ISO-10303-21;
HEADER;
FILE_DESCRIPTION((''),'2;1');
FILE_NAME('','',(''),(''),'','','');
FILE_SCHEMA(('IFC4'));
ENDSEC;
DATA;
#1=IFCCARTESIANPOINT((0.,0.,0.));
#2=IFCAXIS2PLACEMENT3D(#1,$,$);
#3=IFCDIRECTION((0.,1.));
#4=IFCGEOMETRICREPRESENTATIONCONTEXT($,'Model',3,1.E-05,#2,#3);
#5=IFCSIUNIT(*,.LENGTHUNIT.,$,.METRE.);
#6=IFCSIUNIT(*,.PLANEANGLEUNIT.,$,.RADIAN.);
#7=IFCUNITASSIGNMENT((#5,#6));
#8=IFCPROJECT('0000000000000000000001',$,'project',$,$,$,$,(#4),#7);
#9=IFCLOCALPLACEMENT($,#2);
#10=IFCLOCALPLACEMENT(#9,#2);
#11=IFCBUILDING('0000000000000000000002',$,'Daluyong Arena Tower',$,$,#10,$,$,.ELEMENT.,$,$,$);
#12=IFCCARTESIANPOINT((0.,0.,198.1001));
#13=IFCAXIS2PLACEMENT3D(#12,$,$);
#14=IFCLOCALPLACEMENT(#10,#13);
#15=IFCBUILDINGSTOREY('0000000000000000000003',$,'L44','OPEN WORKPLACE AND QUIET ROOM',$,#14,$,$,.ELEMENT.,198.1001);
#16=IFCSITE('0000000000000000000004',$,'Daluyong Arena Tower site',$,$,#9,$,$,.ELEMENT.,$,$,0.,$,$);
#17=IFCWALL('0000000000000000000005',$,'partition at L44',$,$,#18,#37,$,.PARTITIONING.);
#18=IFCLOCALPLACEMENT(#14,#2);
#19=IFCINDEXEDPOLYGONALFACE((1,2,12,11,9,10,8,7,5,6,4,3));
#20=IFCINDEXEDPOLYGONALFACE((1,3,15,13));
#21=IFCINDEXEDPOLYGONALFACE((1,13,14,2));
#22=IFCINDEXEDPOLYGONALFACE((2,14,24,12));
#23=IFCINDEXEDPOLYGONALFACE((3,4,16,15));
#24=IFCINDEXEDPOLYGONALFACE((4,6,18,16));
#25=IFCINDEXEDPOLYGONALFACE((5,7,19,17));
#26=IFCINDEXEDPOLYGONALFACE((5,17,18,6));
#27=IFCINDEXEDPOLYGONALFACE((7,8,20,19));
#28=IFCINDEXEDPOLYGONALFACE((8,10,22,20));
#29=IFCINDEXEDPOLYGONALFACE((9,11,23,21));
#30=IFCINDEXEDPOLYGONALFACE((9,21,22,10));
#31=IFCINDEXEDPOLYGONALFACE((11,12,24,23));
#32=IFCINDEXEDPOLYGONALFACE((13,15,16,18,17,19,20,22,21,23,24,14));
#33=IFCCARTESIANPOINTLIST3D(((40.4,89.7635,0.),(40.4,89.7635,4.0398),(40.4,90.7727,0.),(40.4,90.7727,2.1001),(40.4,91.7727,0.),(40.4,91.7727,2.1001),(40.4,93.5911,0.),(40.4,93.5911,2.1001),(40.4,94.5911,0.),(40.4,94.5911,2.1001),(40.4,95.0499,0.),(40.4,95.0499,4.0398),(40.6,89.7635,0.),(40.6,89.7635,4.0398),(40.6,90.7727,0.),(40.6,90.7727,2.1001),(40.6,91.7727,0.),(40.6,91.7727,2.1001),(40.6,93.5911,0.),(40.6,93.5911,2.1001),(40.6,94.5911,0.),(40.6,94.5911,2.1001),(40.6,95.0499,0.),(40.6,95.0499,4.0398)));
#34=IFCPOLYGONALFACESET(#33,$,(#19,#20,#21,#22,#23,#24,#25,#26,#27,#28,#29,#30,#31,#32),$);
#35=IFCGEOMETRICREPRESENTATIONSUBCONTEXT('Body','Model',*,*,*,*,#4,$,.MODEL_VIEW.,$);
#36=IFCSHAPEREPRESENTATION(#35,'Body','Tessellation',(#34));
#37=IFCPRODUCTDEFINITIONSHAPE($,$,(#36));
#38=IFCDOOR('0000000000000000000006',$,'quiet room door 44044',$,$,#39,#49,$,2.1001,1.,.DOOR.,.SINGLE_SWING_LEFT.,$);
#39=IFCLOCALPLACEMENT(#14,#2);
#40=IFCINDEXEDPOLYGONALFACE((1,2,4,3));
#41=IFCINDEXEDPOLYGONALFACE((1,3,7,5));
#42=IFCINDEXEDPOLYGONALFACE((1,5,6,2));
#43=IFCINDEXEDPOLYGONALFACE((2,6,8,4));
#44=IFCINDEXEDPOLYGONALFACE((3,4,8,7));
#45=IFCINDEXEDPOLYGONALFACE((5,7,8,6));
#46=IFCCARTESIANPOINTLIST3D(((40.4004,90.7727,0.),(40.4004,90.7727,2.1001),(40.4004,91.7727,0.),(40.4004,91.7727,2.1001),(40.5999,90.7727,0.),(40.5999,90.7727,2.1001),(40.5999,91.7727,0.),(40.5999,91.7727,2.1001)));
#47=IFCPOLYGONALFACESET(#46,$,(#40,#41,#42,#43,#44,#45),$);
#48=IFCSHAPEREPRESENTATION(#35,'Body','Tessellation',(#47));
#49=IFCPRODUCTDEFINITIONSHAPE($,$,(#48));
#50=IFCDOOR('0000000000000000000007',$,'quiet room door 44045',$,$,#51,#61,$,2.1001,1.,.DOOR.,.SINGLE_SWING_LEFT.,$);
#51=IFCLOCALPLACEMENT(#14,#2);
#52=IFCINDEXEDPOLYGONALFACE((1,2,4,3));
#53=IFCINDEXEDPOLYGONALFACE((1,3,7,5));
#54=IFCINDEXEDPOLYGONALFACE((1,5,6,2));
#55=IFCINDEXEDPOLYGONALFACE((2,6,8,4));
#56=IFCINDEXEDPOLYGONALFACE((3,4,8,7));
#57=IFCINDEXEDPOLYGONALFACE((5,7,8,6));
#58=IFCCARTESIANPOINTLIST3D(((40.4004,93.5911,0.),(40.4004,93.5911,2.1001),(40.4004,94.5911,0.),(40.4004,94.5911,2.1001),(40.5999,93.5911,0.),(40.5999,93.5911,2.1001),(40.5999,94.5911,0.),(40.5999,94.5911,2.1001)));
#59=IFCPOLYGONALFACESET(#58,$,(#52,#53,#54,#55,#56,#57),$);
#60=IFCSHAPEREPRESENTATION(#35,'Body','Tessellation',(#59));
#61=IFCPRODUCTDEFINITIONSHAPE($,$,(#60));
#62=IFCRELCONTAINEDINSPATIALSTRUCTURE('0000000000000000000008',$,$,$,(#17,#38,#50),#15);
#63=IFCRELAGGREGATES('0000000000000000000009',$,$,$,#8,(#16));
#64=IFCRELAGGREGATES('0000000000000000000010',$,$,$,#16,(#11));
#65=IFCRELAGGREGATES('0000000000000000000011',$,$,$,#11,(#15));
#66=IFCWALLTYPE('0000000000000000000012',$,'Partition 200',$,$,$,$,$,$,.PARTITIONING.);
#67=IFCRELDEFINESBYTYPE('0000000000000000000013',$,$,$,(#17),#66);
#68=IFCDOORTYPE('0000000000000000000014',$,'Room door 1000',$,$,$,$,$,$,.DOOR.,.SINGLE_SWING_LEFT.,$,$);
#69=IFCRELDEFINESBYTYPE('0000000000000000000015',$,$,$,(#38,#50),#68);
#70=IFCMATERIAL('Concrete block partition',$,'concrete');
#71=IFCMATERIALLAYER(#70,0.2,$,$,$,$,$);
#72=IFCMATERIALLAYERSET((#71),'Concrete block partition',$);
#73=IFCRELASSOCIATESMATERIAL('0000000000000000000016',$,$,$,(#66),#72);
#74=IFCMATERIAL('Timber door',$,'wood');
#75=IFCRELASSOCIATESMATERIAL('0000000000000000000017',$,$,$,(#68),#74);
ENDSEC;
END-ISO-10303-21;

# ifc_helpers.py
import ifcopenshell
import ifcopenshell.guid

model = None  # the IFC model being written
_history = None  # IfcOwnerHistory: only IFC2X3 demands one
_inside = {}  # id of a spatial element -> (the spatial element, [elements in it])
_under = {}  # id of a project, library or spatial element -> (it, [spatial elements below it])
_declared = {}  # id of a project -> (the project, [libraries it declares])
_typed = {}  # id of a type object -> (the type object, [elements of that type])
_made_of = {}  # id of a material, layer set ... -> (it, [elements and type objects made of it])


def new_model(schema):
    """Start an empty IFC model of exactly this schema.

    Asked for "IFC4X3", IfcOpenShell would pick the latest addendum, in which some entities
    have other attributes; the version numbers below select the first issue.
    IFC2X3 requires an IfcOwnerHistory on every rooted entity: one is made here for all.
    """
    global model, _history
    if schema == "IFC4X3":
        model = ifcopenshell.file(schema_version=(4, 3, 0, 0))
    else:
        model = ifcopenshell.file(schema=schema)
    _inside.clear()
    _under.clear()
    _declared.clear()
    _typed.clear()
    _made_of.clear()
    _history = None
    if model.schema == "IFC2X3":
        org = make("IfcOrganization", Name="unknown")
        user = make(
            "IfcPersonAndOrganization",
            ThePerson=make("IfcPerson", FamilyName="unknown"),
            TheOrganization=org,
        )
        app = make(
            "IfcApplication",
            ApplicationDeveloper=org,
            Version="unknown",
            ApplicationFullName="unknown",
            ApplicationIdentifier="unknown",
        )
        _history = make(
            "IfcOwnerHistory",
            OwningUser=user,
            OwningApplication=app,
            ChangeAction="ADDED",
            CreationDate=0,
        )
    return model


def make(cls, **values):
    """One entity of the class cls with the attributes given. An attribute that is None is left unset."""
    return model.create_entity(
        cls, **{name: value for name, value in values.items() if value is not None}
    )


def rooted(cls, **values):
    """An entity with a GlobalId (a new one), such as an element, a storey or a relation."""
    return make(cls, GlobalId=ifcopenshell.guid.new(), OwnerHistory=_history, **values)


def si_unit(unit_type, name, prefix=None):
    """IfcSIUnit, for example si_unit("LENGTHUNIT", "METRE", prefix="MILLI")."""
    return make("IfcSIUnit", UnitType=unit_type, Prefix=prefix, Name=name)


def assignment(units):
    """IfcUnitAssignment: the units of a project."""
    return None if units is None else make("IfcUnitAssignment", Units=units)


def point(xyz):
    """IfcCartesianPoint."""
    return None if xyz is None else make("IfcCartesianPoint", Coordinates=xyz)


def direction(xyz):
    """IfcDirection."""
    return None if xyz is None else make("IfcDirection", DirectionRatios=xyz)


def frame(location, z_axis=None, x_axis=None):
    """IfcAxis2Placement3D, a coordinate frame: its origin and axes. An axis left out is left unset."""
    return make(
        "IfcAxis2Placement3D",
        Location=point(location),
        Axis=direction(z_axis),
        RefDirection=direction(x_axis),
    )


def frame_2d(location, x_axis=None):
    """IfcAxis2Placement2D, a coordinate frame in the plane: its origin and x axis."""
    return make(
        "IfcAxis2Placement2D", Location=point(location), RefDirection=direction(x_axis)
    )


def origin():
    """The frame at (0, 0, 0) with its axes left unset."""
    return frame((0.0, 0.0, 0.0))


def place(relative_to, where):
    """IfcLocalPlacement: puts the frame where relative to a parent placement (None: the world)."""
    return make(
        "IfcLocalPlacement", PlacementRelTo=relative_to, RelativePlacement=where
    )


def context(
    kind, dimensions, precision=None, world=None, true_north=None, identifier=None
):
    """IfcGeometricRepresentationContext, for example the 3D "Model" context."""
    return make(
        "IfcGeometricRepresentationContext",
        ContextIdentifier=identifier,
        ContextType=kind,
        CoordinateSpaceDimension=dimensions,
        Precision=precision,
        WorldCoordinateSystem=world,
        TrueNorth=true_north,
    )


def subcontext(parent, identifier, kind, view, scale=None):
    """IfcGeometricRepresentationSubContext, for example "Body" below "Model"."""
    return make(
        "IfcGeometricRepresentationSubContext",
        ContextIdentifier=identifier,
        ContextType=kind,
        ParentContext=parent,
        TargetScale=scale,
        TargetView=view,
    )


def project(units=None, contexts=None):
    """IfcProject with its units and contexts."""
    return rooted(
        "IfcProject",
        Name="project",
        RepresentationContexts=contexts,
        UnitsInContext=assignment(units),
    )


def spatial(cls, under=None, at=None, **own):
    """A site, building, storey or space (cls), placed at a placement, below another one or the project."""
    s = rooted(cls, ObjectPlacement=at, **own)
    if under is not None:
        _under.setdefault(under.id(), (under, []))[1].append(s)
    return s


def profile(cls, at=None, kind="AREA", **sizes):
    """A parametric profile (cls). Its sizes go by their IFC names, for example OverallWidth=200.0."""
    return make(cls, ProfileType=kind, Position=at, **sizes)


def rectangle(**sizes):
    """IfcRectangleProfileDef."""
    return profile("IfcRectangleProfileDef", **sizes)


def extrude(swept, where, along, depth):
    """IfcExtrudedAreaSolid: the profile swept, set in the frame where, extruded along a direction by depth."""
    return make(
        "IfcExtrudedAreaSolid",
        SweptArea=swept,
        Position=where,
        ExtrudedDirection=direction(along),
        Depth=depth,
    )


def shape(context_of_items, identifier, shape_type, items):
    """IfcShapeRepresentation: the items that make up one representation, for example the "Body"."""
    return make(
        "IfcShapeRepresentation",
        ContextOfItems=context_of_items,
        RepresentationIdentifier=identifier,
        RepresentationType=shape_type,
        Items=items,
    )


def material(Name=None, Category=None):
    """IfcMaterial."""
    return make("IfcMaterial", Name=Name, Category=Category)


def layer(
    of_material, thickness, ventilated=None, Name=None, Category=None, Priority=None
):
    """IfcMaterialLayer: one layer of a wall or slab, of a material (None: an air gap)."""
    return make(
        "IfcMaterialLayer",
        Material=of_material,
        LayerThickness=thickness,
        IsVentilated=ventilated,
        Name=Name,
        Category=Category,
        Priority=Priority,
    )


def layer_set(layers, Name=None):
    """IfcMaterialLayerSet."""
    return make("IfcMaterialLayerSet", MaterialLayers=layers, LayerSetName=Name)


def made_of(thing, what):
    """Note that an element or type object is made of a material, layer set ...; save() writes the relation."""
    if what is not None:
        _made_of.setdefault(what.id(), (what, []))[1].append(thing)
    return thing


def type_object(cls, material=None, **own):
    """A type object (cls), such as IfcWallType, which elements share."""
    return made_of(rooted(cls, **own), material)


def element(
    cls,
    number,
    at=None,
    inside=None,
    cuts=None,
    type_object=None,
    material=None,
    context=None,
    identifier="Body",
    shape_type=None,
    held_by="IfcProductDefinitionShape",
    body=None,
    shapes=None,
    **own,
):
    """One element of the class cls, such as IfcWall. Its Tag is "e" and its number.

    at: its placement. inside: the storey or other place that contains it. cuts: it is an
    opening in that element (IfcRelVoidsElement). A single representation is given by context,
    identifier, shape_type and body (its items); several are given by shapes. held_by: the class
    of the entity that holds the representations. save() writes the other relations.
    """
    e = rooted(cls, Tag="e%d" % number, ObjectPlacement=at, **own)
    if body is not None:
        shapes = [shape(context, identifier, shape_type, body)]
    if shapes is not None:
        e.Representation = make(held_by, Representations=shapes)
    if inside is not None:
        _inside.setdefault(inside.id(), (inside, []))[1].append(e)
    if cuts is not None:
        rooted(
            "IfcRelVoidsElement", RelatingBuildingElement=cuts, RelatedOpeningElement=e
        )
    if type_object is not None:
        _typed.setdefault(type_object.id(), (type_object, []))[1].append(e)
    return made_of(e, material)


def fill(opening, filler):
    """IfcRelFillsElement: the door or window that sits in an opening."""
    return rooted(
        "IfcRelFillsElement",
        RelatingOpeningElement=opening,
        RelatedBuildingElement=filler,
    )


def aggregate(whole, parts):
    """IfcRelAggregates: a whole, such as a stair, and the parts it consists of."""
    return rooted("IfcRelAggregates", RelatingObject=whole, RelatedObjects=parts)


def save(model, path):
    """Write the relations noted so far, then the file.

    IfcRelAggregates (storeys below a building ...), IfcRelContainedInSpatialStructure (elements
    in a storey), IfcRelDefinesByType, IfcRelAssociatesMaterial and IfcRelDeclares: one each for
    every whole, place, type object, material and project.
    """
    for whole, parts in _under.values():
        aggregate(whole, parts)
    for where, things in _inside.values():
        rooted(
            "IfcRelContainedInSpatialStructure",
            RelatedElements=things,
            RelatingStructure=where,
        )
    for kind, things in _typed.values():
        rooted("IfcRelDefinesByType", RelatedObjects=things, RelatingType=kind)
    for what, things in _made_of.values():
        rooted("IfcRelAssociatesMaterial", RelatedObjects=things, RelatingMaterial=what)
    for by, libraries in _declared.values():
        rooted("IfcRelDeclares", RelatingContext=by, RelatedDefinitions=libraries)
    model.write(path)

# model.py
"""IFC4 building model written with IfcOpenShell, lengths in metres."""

from ifc_helpers import new_model, si_unit, direction, frame, frame_2d, origin, place, context, subcontext, project, spatial, rectangle, extrude, material, layer, layer_set, type_object, element, fill, save


model = new_model("IFC4")

# Units and contexts
model_context = context("Model", 3, precision=1e-05, world=origin(), true_north=direction((0.0, 1.0)))
body_context = subcontext(model_context, "Body", "Model", "MODEL_VIEW")
ifc_project = project(units=[si_unit("LENGTHUNIT", "METRE"), si_unit("PLANEANGLEUNIT", "RADIAN")], contexts=[model_context])

# Site, building, storey
site_placement = place(None, origin())
site = spatial("IfcSite", under=ifc_project, at=site_placement, Name="Daluyong Arena Tower site", CompositionType="ELEMENT", RefElevation=0.0)
building_placement = place(site_placement, origin())
building = spatial("IfcBuilding", under=site, at=building_placement, Name="Daluyong Arena Tower", CompositionType="ELEMENT")
storey_placement = place(building_placement, frame((0.0, 0.0, 198.1001)))
storey = spatial("IfcBuildingStorey", under=building, at=storey_placement, Name="L44", Description="OPEN WORKPLACE AND QUIET ROOM", CompositionType="ELEMENT", Elevation=198.1001)

# Shared definitions
ifc_material_1 = material(Name="Concrete block partition", Category="concrete")
ifc_layer_1 = layer(ifc_material_1, 0.2)
ifc_layer_set_1 = layer_set([ifc_layer_1], Name="Concrete block partition")
wall_type_1 = type_object("IfcWallType", Name="Partition 200", PredefinedType="PARTITIONING", material=ifc_layer_set_1)

# Wall, openings, doors
wall_1_placement = place(storey_placement, frame((40.5, 89.7637, 0.0), z_axis=(0.0, 0.0, 1.0), x_axis=(0.0, 1.0, 0.0)))
wall_1 = element("IfcWall", 1, at=wall_1_placement, inside=storey, type_object=wall_type_1, Name="partition at L44", PredefinedType="PARTITIONING", context=body_context, shape_type="SweptSolid", body=[
    extrude(rectangle(XDim=5.2864, YDim=0.2, at=frame_2d((2.6431, 0.0))), origin(), (0.0, 0.0, 1.0), 4.0398),
])
opening_1_placement = place(wall_1_placement, frame((1.009, 0.0, 0.0)))
opening_1 = element("IfcOpeningElement", 2, at=opening_1_placement, cuts=wall_1, PredefinedType="OPENING", context=body_context, shape_type="SweptSolid", body=[
    extrude(rectangle(XDim=1.0, YDim=2.1001, at=frame_2d((0.5, 1.05))), frame((0.0, 0.1099, 0.0), z_axis=(0.0, -1.0, 0.0), x_axis=(1.0, 0.0, 0.0)), (0.0, 0.0, 1.0), 0.22),
])
opening_2_placement = place(wall_1_placement, frame((3.8274, 0.0, 0.0)))
opening_2 = element("IfcOpeningElement", 3, at=opening_2_placement, cuts=wall_1, PredefinedType="OPENING", context=body_context, shape_type="SweptSolid", body=[
    extrude(rectangle(XDim=1.0, YDim=2.1001, at=frame_2d((0.5, 1.05))), frame((0.0, 0.1099, 0.0), z_axis=(0.0, -1.0, 0.0), x_axis=(1.0, 0.0, 0.0)), (0.0, 0.0, 1.0), 0.22),
])
ifc_material_2 = material(Name="Timber door", Category="wood")
door_type_1 = type_object("IfcDoorType", Name="Room door 1000", OperationType="SINGLE_SWING_LEFT", PredefinedType="DOOR", material=ifc_material_2)
door_1_placement = place(opening_1_placement, origin())
door_1 = element("IfcDoor", 4, at=door_1_placement, inside=storey, type_object=door_type_1, Name="quiet room door 44044", OperationType="SINGLE_SWING_LEFT", OverallHeight=2.1001, OverallWidth=1.0, PredefinedType="DOOR", context=body_context, shape_type="SweptSolid", body=[
    extrude(rectangle(XDim=1.0, YDim=2.1001, at=frame_2d((0.5, 1.05))), frame((0.0, 0.0996, 0.0), z_axis=(0.0, -1.0, 0.0), x_axis=(1.0, 0.0, 0.0)), (0.0, 0.0, 1.0), 0.1995),
])
fill(opening_1, door_1)
door_2_placement = place(opening_2_placement, origin())
door_2 = element("IfcDoor", 5, at=door_2_placement, inside=storey, type_object=door_type_1, Name="quiet room door 44045", OperationType="SINGLE_SWING_LEFT", OverallHeight=2.1001, OverallWidth=1.0, PredefinedType="DOOR", context=body_context, shape_type="SweptSolid", body=[
    extrude(rectangle(XDim=1.0, YDim=2.1001, at=frame_2d((0.5, 1.05))), frame((0.0, 0.0996, 0.0), z_axis=(0.0, -1.0, 0.0), x_axis=(1.0, 0.0, 0.0)), (0.0, 0.0, 1.0), 0.1995),
])
fill(opening_2, door_2)

save(model, "model.ifc")
